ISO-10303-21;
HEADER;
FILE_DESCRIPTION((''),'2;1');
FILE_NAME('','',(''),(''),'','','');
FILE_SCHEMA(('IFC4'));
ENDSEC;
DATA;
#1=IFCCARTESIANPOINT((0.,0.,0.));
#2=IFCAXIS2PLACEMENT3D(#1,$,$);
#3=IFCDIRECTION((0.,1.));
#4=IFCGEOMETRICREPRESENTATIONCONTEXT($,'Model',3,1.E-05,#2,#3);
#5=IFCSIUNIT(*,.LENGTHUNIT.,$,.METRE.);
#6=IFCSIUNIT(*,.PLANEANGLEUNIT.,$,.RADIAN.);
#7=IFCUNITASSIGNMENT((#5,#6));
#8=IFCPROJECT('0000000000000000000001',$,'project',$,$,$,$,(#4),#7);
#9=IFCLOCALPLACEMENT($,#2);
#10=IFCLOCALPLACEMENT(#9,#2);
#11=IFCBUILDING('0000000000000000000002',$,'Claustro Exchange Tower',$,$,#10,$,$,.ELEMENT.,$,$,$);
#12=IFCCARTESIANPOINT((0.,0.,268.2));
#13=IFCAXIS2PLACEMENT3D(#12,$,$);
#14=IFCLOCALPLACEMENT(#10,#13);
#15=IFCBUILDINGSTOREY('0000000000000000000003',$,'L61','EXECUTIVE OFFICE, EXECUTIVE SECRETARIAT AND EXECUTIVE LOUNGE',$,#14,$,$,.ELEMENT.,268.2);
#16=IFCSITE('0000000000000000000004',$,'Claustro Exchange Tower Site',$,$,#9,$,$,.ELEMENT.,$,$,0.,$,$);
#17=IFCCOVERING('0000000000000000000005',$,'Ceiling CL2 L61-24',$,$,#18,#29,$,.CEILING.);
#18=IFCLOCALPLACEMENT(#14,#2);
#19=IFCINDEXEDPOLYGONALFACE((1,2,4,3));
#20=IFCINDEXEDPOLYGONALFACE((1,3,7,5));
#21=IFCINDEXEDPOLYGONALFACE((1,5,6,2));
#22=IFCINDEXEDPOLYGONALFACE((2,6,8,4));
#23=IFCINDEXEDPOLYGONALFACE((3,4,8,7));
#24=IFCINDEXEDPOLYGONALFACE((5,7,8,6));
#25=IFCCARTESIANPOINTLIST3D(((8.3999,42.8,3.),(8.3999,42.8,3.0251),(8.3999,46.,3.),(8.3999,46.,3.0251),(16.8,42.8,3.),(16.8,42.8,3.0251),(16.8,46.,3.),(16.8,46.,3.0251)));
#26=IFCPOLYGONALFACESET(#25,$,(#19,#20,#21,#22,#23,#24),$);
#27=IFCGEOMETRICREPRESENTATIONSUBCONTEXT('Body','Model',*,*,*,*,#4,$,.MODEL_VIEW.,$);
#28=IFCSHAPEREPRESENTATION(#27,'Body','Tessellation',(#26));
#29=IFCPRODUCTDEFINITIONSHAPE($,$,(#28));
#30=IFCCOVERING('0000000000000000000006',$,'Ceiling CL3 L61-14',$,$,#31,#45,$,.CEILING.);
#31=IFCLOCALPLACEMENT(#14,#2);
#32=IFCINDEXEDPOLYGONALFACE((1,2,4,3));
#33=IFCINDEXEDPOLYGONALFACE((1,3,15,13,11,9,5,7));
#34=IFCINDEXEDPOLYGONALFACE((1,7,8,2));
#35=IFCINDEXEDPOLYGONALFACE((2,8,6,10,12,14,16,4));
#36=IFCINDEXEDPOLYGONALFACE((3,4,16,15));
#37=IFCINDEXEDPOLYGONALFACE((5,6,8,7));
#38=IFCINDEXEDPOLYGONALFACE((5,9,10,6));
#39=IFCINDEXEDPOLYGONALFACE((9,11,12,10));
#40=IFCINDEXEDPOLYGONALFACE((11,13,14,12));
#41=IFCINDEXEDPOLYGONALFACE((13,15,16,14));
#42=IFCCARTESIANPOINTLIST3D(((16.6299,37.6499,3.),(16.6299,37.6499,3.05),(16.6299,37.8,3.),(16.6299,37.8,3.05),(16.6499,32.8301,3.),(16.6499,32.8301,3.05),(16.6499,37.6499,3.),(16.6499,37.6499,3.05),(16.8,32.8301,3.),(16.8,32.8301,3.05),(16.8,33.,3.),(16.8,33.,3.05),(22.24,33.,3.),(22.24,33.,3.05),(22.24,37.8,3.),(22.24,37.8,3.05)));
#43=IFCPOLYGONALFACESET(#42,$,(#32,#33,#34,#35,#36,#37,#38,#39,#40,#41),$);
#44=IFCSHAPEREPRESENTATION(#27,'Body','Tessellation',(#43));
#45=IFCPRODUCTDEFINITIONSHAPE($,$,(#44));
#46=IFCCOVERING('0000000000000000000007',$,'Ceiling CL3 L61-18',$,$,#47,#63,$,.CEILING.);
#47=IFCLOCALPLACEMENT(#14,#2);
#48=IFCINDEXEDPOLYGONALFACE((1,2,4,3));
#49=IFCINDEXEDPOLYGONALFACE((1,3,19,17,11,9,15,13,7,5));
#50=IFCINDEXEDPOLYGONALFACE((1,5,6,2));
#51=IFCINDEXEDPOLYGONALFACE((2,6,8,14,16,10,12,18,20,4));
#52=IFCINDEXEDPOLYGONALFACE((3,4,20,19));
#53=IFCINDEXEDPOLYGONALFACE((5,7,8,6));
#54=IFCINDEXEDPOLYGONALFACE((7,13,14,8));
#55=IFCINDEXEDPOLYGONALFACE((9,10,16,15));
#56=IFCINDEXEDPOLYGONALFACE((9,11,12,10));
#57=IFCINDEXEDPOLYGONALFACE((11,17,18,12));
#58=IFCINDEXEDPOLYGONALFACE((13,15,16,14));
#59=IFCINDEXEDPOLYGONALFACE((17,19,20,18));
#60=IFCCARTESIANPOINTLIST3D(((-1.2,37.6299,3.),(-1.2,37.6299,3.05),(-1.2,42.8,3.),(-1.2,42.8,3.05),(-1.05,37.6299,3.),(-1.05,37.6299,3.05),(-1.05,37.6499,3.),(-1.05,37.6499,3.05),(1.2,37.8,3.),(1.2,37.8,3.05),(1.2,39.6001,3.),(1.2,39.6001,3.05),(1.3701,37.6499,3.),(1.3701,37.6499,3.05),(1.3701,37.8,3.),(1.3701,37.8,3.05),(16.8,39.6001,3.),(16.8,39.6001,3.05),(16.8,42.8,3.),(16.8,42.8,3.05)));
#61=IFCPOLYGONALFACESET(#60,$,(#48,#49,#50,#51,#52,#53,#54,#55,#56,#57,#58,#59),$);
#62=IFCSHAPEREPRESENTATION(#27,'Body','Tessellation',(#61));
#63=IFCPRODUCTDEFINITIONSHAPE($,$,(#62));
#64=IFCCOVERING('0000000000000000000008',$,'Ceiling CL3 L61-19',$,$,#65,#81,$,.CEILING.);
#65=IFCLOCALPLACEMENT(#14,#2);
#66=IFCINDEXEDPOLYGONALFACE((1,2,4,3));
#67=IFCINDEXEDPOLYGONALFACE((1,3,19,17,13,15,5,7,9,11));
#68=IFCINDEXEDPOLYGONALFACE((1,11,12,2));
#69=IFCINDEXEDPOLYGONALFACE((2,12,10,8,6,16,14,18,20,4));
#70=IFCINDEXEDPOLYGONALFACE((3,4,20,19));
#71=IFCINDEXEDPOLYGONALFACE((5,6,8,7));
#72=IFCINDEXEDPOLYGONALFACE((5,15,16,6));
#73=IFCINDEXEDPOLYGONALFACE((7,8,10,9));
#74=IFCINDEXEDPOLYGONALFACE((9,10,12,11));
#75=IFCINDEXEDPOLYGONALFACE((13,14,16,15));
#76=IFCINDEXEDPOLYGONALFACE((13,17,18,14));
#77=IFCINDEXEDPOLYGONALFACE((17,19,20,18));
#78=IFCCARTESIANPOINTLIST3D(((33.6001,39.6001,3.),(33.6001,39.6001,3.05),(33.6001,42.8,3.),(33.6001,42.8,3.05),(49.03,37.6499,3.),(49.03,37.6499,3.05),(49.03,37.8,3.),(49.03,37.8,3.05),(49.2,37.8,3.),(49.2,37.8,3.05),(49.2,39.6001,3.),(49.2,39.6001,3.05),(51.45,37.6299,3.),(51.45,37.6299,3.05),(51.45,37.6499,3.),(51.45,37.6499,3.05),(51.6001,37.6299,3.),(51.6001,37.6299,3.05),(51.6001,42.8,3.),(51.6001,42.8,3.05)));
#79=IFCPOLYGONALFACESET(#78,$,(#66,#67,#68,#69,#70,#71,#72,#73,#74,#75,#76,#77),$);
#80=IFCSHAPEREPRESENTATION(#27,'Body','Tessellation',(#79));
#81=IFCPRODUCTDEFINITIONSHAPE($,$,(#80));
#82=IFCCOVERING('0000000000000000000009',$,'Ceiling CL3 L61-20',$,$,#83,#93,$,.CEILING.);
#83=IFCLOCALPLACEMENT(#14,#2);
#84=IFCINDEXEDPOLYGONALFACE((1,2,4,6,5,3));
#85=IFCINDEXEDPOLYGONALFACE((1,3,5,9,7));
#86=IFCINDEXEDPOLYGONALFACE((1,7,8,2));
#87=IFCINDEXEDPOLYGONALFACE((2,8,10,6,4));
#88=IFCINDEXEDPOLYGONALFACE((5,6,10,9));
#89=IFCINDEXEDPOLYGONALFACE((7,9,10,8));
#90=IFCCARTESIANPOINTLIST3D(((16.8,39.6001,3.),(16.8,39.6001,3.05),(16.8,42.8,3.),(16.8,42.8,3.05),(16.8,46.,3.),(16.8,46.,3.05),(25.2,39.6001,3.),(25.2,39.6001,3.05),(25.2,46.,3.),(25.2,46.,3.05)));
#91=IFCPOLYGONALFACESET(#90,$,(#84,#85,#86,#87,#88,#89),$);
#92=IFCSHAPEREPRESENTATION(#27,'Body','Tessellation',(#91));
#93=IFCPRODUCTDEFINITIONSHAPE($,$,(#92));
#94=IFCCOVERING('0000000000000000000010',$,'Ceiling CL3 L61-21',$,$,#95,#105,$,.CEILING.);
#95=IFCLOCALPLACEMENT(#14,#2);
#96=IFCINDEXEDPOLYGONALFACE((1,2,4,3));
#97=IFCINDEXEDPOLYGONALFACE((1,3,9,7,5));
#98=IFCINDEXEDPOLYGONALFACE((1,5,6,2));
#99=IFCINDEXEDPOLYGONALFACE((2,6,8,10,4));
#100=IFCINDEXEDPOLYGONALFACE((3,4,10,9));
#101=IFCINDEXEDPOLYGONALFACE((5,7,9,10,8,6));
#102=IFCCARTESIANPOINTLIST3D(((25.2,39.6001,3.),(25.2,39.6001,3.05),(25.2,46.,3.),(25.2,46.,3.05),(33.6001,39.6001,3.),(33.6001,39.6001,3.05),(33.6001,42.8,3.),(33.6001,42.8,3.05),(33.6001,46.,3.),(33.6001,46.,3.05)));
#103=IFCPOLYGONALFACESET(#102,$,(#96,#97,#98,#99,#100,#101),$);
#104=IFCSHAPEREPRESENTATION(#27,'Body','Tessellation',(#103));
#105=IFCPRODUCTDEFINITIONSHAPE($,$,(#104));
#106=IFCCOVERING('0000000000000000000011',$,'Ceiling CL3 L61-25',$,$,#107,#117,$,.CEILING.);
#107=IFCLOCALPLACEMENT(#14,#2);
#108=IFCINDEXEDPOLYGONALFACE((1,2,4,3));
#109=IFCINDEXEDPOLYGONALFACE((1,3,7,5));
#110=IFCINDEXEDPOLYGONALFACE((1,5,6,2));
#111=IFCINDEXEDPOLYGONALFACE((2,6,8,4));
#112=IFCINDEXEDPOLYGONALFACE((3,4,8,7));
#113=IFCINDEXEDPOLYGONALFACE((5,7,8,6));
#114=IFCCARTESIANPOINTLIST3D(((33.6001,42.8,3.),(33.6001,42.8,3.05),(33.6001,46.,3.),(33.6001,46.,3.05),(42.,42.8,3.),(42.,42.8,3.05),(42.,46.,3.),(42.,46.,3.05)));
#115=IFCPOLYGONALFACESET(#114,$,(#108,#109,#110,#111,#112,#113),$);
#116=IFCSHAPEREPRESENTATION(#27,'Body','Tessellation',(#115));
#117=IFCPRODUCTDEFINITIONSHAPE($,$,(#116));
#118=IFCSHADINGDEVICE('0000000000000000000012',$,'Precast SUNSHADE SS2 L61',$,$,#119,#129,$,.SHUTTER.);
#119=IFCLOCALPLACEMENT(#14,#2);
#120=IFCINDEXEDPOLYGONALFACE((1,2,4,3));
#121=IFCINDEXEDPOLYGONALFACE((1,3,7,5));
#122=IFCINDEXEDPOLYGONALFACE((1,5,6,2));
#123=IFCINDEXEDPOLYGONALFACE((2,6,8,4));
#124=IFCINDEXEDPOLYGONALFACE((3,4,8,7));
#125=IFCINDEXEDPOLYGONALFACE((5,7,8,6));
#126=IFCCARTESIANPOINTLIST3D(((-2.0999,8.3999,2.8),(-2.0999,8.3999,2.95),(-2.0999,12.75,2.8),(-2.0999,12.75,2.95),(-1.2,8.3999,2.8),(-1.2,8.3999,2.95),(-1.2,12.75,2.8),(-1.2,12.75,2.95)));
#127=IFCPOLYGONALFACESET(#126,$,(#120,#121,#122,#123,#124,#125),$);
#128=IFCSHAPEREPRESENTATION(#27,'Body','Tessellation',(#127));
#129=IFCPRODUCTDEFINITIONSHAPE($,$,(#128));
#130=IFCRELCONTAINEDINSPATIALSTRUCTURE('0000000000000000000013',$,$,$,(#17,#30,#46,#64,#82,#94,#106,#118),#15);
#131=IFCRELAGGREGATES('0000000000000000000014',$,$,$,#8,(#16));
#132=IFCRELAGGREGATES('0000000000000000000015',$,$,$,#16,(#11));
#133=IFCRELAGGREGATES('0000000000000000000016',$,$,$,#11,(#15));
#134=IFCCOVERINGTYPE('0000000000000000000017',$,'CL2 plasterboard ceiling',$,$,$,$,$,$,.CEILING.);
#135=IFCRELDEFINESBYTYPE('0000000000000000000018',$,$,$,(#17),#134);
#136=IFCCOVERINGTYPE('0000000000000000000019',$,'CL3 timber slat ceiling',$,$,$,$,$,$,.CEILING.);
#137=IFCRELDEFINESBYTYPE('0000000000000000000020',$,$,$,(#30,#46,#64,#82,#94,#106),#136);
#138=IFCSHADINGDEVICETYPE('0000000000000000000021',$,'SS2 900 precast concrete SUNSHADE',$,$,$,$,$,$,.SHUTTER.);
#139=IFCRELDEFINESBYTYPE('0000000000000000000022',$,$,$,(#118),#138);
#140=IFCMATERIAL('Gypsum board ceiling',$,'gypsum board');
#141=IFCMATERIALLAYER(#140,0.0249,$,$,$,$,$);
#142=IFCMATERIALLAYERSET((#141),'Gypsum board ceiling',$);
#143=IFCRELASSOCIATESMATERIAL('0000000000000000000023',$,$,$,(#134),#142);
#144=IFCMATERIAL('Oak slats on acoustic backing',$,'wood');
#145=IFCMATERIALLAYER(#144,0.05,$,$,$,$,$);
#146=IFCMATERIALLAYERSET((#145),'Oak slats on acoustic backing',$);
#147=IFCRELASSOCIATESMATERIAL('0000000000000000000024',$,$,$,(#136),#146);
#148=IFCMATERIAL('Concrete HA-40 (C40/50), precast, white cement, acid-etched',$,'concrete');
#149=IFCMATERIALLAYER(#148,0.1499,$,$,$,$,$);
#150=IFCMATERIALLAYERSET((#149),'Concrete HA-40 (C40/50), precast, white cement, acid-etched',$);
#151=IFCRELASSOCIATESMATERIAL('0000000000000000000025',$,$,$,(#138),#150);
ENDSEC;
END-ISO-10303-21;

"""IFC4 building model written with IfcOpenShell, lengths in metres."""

from ifc_helpers import new_model, si_unit, direction, frame, origin, origin_2d, place, context, subcontext, project, spatial, polyline, rectangle, outline, extrude, material, layer, layer_set, type_object, element, save


model = new_model("IFC4")

# Units and contexts
model_context = context("Model", 3, precision=1e-05, world=origin(), true_north=direction((0.0, 1.0)))
body_context = subcontext(model_context, "Body", "Model", "MODEL_VIEW")
ifc_project = project(units=[si_unit("LENGTHUNIT", "METRE"), si_unit("PLANEANGLEUNIT", "RADIAN")], contexts=[model_context])

# Site, building, storey
site_placement = place(None, origin())
site = spatial("IfcSite", under=ifc_project, at=site_placement, Name="Claustro Exchange Tower Site", CompositionType="ELEMENT", RefElevation=0.0)
building_placement = place(site_placement, origin())
building = spatial("IfcBuilding", under=site, at=building_placement, Name="Claustro Exchange Tower", CompositionType="ELEMENT")
storey_placement = place(building_placement, frame((0.0, 0.0, 268.2)))
storey = spatial("IfcBuildingStorey", under=building, at=storey_placement, Name="L61", Description="EXECUTIVE OFFICE, EXECUTIVE SECRETARIAT AND EXECUTIVE LOUNGE", CompositionType="ELEMENT", Elevation=268.2)

# Coverings
ifc_material_1 = material(Name="Gypsum board ceiling", Category="gypsum board")
ifc_layer_1 = layer(ifc_material_1, 0.0249)
ifc_layer_set_1 = layer_set([ifc_layer_1], Name="Gypsum board ceiling")
covering_type_1 = type_object("IfcCoveringType", Name="CL2 plasterboard ceiling", PredefinedType="CEILING", material=ifc_layer_set_1)
covering_1_placement = place(storey_placement, frame((0.0, 0.0, 3.0)))
element("IfcCovering", 1, at=covering_1_placement, inside=storey, type_object=covering_type_1, Name="Ceiling CL2 L61-24", PredefinedType="CEILING", context=body_context, shape_type="SweptSolid", body=[
    extrude(outline(polyline([(16.8, 46.0), (8.3999, 46.0), (8.3999, 42.8), (16.8, 42.8), (16.8, 46.0)])), origin(), (0.0, 0.0, 1.0), 0.0251),
])
ifc_material_2 = material(Name="Oak slats on acoustic backing", Category="wood")
ifc_layer_2 = layer(ifc_material_2, 0.05)
ifc_layer_set_2 = layer_set([ifc_layer_2], Name="Oak slats on acoustic backing")
covering_type_2 = type_object("IfcCoveringType", Name="CL3 timber slat ceiling", PredefinedType="CEILING", material=ifc_layer_set_2)
covering_2_placement = place(storey_placement, frame((0.0, 0.0, 3.0)))
element("IfcCovering", 2, at=covering_2_placement, inside=storey, type_object=covering_type_2, Name="Ceiling CL3 L61-14", PredefinedType="CEILING", context=body_context, shape_type="SweptSolid", body=[
    extrude(outline(polyline([(22.24, 37.8), (16.6299, 37.8), (16.6299, 37.6499), (16.6499, 37.6499), (16.6499, 32.8301), (16.8, 32.8301), (16.8, 33.0), (22.24, 33.0), (22.24, 37.8)])), origin(), (0.0, 0.0, 1.0), 0.05),
])
covering_3_placement = place(storey_placement, frame((0.0, 0.0, 3.0)))
element("IfcCovering", 3, at=covering_3_placement, inside=storey, type_object=covering_type_2, Name="Ceiling CL3 L61-18", PredefinedType="CEILING", context=body_context, shape_type="SweptSolid", body=[
    extrude(outline(polyline([(-1.05, 37.6499), (1.3701, 37.6499), (1.3701, 37.8), (1.2, 37.8), (1.2, 39.6001), (16.8, 39.6001), (16.8, 42.8), (-1.2, 42.8), (-1.2, 37.6299), (-1.05, 37.6299), (-1.05, 37.6499)])), origin(), (0.0, 0.0, 1.0), 0.05),
])
covering_4_placement = place(storey_placement, frame((0.0, 0.0, 3.0)))
element("IfcCovering", 4, at=covering_4_placement, inside=storey, type_object=covering_type_2, Name="Ceiling CL3 L61-19", PredefinedType="CEILING", context=body_context, shape_type="SweptSolid", body=[
    extrude(outline(polyline([(51.45, 37.6499), (51.45, 37.6299), (51.6001, 37.6299), (51.6001, 42.8), (33.6001, 42.8), (33.6001, 39.6001), (49.2, 39.6001), (49.2, 37.8), (49.03, 37.8), (49.03, 37.6499), (51.45, 37.6499)])), origin(), (0.0, 0.0, 1.0), 0.05),
])
covering_5_placement = place(storey_placement, frame((0.0, 0.0, 3.0)))
element("IfcCovering", 5, at=covering_5_placement, inside=storey, type_object=covering_type_2, Name="Ceiling CL3 L61-20", PredefinedType="CEILING", context=body_context, shape_type="SweptSolid", body=[
    extrude(outline(polyline([(25.2, 46.0), (16.8, 46.0), (16.8, 42.8), (16.8, 39.6001), (25.2, 39.6001), (25.2, 46.0)])), origin(), (0.0, 0.0, 1.0), 0.05),
])
covering_6_placement = place(storey_placement, frame((0.0, 0.0, 3.0)))
element("IfcCovering", 6, at=covering_6_placement, inside=storey, type_object=covering_type_2, Name="Ceiling CL3 L61-21", PredefinedType="CEILING", context=body_context, shape_type="SweptSolid", body=[
    extrude(outline(polyline([(33.6001, 46.0), (25.2, 46.0), (25.2, 39.6001), (33.6001, 39.6001), (33.6001, 42.8), (33.6001, 46.0)])), origin(), (0.0, 0.0, 1.0), 0.05),
])
covering_7_placement = place(storey_placement, frame((0.0, 0.0, 3.0)))
element("IfcCovering", 7, at=covering_7_placement, inside=storey, type_object=covering_type_2, Name="Ceiling CL3 L61-25", PredefinedType="CEILING", context=body_context, shape_type="SweptSolid", body=[
    extrude(outline(polyline([(42.0, 46.0), (33.6001, 46.0), (33.6001, 42.8), (42.0, 42.8), (42.0, 46.0)])), origin(), (0.0, 0.0, 1.0), 0.05),
])

# Shading device
ifc_material_3 = material(Name="Concrete HA-40 (C40/50), precast, white cement, acid-etched", Category="concrete")
ifc_layer_3 = layer(ifc_material_3, 0.1499)
ifc_layer_set_3 = layer_set([ifc_layer_3], Name="Concrete HA-40 (C40/50), precast, white cement, acid-etched")
shading_device_type = type_object("IfcShadingDeviceType", Name="SS2 900 precast concrete SUNSHADE", PredefinedType="SHUTTER", material=ifc_layer_set_3)
shading_device_placement = place(storey_placement, frame((-1.6499, 10.575, 2.8), z_axis=(0.0, 0.0, 1.0), x_axis=(0.0, 1.0, 0.0)))
element("IfcShadingDevice", 8, at=shading_device_placement, inside=storey, type_object=shading_device_type, Name="Precast SUNSHADE SS2 L61", PredefinedType="SHUTTER", context=body_context, shape_type="SweptSolid", body=[
    extrude(rectangle(XDim=4.3501, YDim=0.8999, at=origin_2d()), origin(), (0.0, 0.0, 1.0), 0.1499),
])

save(model, "model.ifc")
